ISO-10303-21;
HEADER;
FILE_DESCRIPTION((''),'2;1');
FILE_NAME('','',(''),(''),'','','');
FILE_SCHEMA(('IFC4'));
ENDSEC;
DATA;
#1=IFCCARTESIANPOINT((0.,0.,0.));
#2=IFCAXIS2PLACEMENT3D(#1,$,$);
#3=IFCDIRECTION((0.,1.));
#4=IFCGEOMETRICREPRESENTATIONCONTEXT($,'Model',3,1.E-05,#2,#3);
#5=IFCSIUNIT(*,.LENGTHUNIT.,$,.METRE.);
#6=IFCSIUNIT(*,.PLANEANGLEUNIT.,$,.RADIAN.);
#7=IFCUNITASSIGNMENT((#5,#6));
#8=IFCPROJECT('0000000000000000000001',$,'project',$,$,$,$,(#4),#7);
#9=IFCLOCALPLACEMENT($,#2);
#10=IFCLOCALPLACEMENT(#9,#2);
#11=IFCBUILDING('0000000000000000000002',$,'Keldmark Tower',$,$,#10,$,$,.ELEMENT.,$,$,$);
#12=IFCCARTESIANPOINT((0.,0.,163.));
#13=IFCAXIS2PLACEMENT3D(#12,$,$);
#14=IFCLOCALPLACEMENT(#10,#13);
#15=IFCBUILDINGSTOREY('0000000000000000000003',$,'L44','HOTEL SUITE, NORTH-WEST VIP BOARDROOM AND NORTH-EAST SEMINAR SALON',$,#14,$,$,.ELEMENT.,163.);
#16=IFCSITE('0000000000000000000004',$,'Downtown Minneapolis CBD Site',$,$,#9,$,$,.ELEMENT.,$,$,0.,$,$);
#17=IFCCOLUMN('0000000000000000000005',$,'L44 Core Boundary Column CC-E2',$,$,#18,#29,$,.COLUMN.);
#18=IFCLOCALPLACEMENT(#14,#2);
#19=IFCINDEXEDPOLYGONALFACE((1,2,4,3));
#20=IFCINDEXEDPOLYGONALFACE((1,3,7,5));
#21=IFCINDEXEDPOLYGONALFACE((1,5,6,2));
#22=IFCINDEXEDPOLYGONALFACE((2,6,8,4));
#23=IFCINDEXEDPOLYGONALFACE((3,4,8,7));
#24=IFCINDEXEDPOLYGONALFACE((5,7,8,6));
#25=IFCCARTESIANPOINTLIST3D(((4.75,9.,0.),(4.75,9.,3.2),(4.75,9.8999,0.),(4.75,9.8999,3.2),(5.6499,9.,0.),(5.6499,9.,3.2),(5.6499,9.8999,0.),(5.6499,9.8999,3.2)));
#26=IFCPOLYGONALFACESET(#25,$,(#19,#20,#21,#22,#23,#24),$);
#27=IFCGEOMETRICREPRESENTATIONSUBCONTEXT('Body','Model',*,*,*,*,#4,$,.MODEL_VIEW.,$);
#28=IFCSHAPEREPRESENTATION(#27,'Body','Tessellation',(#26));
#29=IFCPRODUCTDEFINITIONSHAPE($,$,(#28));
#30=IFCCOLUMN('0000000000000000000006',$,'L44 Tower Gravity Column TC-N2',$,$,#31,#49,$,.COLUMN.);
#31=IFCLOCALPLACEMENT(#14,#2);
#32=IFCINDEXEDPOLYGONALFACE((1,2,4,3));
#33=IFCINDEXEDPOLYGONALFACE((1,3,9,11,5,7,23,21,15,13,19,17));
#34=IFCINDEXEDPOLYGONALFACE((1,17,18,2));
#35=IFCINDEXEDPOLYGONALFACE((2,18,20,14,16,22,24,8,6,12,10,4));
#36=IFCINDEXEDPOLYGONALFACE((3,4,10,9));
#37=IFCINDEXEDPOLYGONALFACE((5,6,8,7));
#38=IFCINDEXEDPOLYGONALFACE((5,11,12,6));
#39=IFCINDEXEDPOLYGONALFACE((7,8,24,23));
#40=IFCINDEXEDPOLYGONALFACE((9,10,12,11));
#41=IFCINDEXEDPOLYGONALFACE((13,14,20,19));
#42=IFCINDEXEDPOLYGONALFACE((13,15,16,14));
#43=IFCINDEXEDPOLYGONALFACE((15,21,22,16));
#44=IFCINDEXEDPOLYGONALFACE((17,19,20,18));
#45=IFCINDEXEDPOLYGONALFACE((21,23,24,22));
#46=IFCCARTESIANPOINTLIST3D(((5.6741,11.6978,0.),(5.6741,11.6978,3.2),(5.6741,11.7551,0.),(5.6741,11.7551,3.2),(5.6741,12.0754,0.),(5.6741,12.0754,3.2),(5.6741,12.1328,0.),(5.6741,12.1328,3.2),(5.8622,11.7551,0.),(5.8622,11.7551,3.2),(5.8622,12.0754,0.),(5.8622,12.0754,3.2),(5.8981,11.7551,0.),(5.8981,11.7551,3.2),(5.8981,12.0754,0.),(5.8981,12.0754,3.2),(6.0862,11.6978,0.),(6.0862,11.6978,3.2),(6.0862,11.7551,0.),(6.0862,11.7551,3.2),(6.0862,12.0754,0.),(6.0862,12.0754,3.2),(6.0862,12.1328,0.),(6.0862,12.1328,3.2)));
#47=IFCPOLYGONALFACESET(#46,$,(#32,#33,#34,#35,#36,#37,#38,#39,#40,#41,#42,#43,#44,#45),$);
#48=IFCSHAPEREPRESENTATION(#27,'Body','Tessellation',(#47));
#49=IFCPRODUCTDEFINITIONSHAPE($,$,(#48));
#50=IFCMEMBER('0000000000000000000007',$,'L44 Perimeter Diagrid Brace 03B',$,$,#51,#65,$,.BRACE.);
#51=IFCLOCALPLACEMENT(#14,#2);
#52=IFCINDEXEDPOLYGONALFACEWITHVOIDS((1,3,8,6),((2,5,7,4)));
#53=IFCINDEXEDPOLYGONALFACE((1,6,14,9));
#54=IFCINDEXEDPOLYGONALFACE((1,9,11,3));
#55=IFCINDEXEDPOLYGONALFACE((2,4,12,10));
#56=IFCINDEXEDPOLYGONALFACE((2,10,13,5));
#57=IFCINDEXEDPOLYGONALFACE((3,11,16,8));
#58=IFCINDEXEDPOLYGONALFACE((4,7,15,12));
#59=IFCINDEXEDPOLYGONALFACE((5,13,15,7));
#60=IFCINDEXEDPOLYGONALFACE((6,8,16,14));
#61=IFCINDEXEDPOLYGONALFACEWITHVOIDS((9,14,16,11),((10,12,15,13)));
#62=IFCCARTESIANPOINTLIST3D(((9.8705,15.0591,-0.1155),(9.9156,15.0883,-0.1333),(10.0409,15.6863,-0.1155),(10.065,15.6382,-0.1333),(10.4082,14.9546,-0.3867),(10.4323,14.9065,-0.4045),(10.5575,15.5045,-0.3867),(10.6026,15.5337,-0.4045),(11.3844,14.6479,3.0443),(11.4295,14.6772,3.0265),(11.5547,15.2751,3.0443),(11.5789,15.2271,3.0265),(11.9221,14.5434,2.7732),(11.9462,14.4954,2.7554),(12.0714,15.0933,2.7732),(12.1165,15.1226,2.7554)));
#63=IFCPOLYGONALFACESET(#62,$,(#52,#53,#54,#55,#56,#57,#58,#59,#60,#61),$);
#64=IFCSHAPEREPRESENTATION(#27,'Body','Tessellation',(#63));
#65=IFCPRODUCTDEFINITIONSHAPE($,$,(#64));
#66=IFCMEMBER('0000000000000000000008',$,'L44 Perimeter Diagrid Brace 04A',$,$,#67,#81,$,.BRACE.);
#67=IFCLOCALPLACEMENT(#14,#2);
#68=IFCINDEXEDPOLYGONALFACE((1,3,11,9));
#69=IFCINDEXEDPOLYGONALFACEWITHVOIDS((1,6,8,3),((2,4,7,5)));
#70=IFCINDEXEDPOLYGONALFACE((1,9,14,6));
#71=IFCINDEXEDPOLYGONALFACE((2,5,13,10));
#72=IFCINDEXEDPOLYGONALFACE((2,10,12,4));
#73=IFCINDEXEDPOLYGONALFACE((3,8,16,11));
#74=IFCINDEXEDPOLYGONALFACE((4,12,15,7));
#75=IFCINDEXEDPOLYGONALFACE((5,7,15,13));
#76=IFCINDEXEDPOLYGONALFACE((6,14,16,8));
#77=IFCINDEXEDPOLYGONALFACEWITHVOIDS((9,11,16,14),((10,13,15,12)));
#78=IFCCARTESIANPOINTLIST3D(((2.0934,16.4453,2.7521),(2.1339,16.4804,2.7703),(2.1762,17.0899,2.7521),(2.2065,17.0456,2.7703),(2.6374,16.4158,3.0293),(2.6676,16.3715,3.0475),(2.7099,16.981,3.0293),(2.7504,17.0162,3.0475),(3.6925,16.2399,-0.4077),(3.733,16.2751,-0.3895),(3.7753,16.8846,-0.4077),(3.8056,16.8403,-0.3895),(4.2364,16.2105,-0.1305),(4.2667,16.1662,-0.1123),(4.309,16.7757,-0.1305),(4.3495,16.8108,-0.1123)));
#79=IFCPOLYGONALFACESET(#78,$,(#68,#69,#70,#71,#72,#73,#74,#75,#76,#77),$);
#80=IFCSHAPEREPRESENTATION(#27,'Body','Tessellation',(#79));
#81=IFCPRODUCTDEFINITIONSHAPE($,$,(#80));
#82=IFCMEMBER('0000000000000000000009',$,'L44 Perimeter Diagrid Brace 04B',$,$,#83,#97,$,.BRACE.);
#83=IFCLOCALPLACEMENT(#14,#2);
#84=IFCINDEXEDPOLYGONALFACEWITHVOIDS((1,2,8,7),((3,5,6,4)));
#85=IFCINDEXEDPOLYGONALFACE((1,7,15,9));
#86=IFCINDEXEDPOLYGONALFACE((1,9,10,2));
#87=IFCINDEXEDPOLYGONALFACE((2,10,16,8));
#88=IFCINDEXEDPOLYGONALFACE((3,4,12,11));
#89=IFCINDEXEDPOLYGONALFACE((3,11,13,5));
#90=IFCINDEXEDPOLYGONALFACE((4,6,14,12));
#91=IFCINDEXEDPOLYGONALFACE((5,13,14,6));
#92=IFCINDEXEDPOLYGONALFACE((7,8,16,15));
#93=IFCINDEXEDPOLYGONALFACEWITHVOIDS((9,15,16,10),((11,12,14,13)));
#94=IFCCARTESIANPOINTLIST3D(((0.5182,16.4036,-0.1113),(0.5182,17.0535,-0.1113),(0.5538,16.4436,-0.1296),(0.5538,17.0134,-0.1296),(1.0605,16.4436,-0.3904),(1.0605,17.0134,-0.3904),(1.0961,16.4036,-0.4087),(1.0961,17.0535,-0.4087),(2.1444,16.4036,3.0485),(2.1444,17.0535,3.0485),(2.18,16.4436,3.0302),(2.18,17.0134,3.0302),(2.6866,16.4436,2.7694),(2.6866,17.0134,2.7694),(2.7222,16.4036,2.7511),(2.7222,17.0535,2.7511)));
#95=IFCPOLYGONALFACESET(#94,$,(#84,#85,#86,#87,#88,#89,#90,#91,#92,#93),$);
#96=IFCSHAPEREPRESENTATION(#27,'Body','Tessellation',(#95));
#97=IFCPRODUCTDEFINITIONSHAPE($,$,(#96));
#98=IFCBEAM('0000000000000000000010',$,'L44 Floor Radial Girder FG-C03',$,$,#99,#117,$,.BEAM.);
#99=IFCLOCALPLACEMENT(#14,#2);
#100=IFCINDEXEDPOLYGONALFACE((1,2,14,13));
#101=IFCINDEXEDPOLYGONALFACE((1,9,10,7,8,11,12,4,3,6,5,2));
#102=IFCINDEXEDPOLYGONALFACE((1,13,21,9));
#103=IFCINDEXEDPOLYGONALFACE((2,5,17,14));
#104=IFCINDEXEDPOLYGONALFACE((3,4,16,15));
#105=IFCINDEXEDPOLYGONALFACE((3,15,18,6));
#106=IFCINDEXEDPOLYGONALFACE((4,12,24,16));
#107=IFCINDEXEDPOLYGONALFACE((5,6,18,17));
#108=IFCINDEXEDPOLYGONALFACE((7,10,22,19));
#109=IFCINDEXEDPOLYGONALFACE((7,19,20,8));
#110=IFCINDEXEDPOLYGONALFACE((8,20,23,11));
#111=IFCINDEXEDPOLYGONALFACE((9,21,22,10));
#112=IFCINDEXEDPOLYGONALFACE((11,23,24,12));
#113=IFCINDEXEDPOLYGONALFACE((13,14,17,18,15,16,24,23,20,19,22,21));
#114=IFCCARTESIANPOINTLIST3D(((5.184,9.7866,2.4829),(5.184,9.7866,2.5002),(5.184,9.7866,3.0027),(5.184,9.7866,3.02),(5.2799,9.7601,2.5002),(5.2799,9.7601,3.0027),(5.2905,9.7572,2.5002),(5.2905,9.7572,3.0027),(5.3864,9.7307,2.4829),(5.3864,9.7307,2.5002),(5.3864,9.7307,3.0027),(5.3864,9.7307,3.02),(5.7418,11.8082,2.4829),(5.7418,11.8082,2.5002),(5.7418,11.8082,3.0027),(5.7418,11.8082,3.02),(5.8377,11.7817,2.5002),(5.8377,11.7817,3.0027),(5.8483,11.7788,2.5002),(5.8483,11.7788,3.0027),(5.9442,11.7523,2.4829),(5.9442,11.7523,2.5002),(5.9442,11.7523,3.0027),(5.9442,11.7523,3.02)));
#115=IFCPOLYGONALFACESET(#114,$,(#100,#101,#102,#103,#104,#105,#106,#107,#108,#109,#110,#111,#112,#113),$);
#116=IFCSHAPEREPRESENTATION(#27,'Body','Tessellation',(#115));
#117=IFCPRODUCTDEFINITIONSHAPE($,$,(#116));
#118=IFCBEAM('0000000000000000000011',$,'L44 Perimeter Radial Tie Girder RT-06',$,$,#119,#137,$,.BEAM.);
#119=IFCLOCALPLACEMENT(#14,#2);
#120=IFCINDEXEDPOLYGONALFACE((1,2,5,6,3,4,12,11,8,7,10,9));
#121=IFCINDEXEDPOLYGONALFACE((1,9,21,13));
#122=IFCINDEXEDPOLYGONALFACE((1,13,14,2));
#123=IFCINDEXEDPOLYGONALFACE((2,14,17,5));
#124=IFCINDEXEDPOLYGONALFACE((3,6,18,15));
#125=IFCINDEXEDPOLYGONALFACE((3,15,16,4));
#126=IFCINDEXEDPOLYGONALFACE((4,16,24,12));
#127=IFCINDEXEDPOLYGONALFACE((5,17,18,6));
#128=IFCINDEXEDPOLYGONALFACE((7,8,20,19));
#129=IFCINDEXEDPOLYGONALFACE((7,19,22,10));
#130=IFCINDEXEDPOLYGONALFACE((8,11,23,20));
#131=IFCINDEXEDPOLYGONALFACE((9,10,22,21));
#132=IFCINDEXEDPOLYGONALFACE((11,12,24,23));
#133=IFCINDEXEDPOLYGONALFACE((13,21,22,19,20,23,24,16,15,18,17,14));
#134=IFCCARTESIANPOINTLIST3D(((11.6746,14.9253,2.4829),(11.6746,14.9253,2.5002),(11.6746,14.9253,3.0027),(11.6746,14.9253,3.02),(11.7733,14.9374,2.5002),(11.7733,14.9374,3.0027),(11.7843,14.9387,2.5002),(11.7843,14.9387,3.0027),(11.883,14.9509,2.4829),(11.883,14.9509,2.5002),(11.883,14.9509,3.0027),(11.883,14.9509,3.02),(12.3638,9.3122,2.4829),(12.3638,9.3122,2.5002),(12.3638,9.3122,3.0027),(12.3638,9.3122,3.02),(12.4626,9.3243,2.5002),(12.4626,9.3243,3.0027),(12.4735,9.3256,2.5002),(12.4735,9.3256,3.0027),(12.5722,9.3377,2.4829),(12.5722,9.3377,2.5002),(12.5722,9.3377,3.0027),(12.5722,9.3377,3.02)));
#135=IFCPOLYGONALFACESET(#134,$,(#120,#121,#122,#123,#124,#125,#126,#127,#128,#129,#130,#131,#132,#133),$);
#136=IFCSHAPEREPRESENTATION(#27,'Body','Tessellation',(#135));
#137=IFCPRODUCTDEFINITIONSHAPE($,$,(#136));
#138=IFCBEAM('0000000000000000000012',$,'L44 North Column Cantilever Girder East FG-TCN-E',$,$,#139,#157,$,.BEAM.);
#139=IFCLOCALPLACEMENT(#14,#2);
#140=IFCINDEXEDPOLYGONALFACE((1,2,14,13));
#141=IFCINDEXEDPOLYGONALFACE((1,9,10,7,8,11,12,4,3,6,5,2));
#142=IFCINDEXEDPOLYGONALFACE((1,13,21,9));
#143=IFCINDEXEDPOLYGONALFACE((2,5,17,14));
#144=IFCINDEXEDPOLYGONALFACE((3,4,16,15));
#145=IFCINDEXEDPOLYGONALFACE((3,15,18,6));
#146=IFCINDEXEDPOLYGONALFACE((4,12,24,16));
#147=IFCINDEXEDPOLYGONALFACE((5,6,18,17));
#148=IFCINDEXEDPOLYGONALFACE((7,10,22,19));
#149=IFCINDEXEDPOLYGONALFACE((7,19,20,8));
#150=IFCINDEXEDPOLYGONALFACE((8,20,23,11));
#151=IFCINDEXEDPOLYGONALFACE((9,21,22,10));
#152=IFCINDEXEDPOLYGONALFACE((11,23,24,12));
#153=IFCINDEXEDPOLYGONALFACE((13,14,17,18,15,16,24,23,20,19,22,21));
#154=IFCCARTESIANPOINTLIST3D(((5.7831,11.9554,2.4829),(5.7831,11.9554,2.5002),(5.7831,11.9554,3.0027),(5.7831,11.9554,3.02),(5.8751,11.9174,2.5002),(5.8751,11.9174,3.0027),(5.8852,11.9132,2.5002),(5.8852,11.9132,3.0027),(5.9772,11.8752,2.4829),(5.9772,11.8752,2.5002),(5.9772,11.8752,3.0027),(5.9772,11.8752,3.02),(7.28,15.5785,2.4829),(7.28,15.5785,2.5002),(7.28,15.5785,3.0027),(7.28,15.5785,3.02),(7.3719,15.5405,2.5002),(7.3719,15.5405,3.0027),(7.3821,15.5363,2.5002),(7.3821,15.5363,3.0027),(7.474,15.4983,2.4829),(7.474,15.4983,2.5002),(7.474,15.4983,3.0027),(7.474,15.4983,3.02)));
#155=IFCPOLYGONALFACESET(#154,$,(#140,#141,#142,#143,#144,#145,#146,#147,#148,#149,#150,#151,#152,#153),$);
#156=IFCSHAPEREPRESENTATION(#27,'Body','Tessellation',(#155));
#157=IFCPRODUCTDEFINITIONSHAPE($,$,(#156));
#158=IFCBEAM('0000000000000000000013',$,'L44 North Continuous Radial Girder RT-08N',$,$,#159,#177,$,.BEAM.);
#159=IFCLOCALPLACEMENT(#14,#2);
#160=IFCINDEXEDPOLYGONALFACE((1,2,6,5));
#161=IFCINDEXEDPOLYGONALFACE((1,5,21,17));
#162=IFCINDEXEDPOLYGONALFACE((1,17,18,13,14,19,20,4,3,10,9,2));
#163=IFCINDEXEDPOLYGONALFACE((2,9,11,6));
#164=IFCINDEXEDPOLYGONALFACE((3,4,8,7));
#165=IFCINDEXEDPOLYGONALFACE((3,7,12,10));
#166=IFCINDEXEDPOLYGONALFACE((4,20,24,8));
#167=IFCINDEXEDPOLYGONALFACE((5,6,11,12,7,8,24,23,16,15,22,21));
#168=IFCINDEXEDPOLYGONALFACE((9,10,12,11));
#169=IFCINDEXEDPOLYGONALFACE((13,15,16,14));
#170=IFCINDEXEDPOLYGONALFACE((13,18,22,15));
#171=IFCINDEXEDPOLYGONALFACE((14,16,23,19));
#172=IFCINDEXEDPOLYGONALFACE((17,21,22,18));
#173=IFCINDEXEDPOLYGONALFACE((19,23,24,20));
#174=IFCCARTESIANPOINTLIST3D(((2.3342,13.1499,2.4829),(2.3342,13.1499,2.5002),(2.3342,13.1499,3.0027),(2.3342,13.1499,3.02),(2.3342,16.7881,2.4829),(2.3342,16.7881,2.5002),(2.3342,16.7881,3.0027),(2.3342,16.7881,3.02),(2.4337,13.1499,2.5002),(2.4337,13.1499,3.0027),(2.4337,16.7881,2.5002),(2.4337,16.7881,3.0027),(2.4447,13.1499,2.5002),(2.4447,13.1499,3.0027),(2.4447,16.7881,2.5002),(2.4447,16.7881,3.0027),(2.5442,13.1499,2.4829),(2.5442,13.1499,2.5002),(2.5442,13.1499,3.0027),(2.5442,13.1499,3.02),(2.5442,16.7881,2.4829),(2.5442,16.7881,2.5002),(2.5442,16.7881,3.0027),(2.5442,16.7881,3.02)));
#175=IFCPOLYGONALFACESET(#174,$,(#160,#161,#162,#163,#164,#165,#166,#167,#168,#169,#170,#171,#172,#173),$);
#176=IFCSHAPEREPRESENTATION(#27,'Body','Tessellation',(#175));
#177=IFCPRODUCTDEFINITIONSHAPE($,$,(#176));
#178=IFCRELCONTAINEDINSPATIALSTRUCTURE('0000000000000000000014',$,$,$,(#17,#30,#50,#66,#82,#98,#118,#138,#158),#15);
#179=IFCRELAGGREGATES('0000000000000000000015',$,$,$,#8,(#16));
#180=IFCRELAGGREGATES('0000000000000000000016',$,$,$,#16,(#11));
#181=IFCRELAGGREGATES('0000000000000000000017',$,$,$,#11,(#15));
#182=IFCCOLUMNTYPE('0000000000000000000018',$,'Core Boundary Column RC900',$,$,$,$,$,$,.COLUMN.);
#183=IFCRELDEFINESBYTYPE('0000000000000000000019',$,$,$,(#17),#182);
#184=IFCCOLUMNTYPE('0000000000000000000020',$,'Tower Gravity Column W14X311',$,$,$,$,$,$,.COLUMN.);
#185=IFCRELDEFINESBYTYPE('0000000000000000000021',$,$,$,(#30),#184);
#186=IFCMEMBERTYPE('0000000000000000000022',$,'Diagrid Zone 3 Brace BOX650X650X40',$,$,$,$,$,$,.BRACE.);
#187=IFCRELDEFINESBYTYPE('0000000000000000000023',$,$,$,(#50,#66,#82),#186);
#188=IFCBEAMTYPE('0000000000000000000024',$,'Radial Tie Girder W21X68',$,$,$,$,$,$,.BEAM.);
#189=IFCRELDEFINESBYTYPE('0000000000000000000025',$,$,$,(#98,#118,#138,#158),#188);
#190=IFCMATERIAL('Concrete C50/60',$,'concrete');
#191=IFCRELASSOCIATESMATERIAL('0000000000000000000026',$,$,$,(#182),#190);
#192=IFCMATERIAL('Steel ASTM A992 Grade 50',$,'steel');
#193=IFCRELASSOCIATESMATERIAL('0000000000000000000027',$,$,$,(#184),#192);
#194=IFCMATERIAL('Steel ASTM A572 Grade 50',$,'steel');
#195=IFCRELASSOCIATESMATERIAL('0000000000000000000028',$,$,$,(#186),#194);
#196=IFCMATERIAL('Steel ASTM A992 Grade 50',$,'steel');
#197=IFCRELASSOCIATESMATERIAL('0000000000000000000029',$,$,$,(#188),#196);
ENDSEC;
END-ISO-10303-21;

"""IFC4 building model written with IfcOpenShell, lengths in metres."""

from ifc_helpers import new_model, si_unit, direction, frame, origin, origin_2d, place, context, subcontext, project, spatial, rectangle, hollow_rectangle, i_section, extrude, material, material_profile, profile_set, type_object, element, save


model = new_model("IFC4")

# Units and contexts
model_context = context("Model", 3, precision=1e-05, world=origin(), true_north=direction((0.0, 1.0)))
body_context = subcontext(model_context, "Body", "Model", "MODEL_VIEW")
ifc_project = project(units=[si_unit("LENGTHUNIT", "METRE"), si_unit("PLANEANGLEUNIT", "RADIAN")], contexts=[model_context])

# Site, building, storey
site_placement = place(None, origin())
site = spatial("IfcSite", under=ifc_project, at=site_placement, Name="Downtown Minneapolis CBD Site", CompositionType="ELEMENT", RefElevation=0.0)
building_placement = place(site_placement, origin())
building = spatial("IfcBuilding", under=site, at=building_placement, Name="Keldmark Tower", CompositionType="ELEMENT")
storey_placement = place(building_placement, frame((0.0, 0.0, 163.0)))
storey = spatial("IfcBuildingStorey", under=building, at=storey_placement, Name="L44", Description="HOTEL SUITE, NORTH-WEST VIP BOARDROOM AND NORTH-EAST SEMINAR SALON", CompositionType="ELEMENT", Elevation=163.0)

# Columns
ifc_material_1 = material(Name="Concrete C50/60", Category="concrete")
ifc_material_profile_1 = material_profile(ifc_material_1, rectangle(XDim=0.8999, YDim=0.8999, at=origin_2d()), Name="RC900X900")
ifc_profile_set_1 = profile_set([ifc_material_profile_1], Name="Concrete C50/60")
column_type_1 = type_object("IfcColumnType", Name="Core Boundary Column RC900", PredefinedType="COLUMN", material=ifc_profile_set_1)
column_1_placement = place(storey_placement, frame((5.2, 9.45, 0.0), z_axis=(0.0, 0.0, 1.0), x_axis=(1.0, 0.0, 0.0)))
element("IfcColumn", 1, at=column_1_placement, inside=storey, type_object=column_type_1, Name="L44 Core Boundary Column CC-E2", PredefinedType="COLUMN", context=body_context, shape_type="SweptSolid", body=[
    extrude(rectangle(XDim=0.8999, YDim=0.8999, at=origin_2d()), origin(), (0.0, 0.0, 1.0), 3.2),
])
ifc_material_2 = material(Name="Steel ASTM A992 Grade 50", Category="steel")
ifc_material_profile_2 = material_profile(ifc_material_2, i_section(OverallWidth=0.4121, OverallDepth=0.4351, WebThickness=0.0359, FlangeThickness=0.0574, at=origin_2d()), Name="W14X311")
ifc_profile_set_2 = profile_set([ifc_material_profile_2], Name="Steel ASTM A992 Grade 50")
column_type_2 = type_object("IfcColumnType", Name="Tower Gravity Column W14X311", PredefinedType="COLUMN", material=ifc_profile_set_2)
column_2_placement = place(storey_placement, frame((5.8801, 11.9153, 0.0), z_axis=(0.0, 0.0, 1.0), x_axis=(1.0, 0.0, 0.0)))
element("IfcColumn", 2, at=column_2_placement, inside=storey, type_object=column_type_2, Name="L44 Tower Gravity Column TC-N2", PredefinedType="COLUMN", context=body_context, shape_type="SweptSolid", body=[
    extrude(i_section(OverallWidth=0.4121, OverallDepth=0.4351, WebThickness=0.0359, FlangeThickness=0.0574, at=origin_2d()), origin(), (0.0, 0.0, 1.0), 3.2),
])

# Members
ifc_material_3 = material(Name="Steel ASTM A572 Grade 50", Category="steel")
ifc_material_profile_3 = material_profile(ifc_material_3, hollow_rectangle(XDim=0.6499, YDim=0.6499, WallThickness=0.04, at=origin_2d()), Name="BOX650X650X40")
ifc_profile_set_3 = profile_set([ifc_material_profile_3], Name="Steel ASTM A572 Grade 50")
member_type = type_object("IfcMemberType", Name="Diagrid Zone 3 Brace BOX650X650X40", PredefinedType="BRACE", material=ifc_profile_set_3)
member_1_placement = place(storey_placement, frame((10.2366, 15.2964, -0.26), z_axis=(0.429128, -0.116538, 0.895694), x_axis=(0.262077, 0.965047, 0.0)))
element("IfcMember", 3, at=member_1_placement, inside=storey, type_object=member_type, Name="L44 Perimeter Diagrid Brace 03B", PredefinedType="BRACE", context=body_context, shape_type="SweptSolid", body=[
    extrude(hollow_rectangle(XDim=0.6499, YDim=0.6499, WallThickness=0.04, at=origin_2d()), origin(), (0.0, 0.0, 1.0), 3.5278),
])
member_2_placement = place(storey_placement, frame((4.021, 16.5254, -0.26), z_axis=(-0.450781, 0.057879, 0.890756), x_axis=(-0.127351, -0.991858, 0.0)))
element("IfcMember", 4, at=member_2_placement, inside=storey, type_object=member_type, Name="L44 Perimeter Diagrid Brace 04A", PredefinedType="BRACE", context=body_context, shape_type="SweptSolid", body=[
    extrude(hollow_rectangle(XDim=0.6499, YDim=0.6499, WallThickness=0.04, at=origin_2d()), origin(), (0.0, 0.0, 1.0), 3.5474),
])
member_3_placement = place(storey_placement, frame((0.8071, 16.7285, -0.26), z_axis=(0.457598, 0.0, 0.889159), x_axis=(0.0, 1.0, 0.0)))
element("IfcMember", 5, at=member_3_placement, inside=storey, type_object=member_type, Name="L44 Perimeter Diagrid Brace 04B", PredefinedType="BRACE", context=body_context, shape_type="SweptSolid", body=[
    extrude(hollow_rectangle(XDim=0.6499, YDim=0.6499, WallThickness=0.04, at=origin_2d()), origin(), (0.0, 0.0, 1.0), 3.5537),
])

# Beams
ifc_material_4 = material(Name="Steel ASTM A992 Grade 50", Category="steel")
ifc_material_profile_4 = material_profile(ifc_material_4, i_section(OverallWidth=0.21, OverallDepth=0.5371, WebThickness=0.011, FlangeThickness=0.0173, at=origin_2d()), Name="W21X68")
ifc_profile_set_4 = profile_set([ifc_material_profile_4], Name="Steel ASTM A992 Grade 50")
beam_type_1 = type_object("IfcBeamType", Name="Radial Tie Girder W21X68", PredefinedType="BEAM", material=ifc_profile_set_4)
beam_1_placement = place(storey_placement, frame((5.843, 11.7803, 2.7515), z_axis=(-0.265992, -0.963975, 0.0), x_axis=(0.963975, -0.265992, 0.0)))
element("IfcBeam", 6, at=beam_1_placement, inside=storey, type_object=beam_type_1, Name="L44 Floor Radial Girder FG-C03", PredefinedType="BEAM", context=body_context, shape_type="SweptSolid", body=[
    extrude(i_section(OverallWidth=0.21, OverallDepth=0.5371, WebThickness=0.011, FlangeThickness=0.0173, at=origin_2d()), origin(), (0.0, 0.0, 1.0), 2.0972),
])
beam_2_placement = place(storey_placement, frame((12.468, 9.325, 2.7515), z_axis=(-0.121872, 0.992546, 0.0), x_axis=(-0.992546, -0.121872, 0.0)))
element("IfcBeam", 7, at=beam_2_placement, inside=storey, type_object=beam_type_1, Name="L44 Perimeter Radial Tie Girder RT-06", PredefinedType="BEAM", context=body_context, shape_type="SweptSolid", body=[
    extrude(i_section(OverallWidth=0.21, OverallDepth=0.5371, WebThickness=0.011, FlangeThickness=0.0173, at=origin_2d()), origin(), (0.0, 0.0, 1.0), 5.6553),
])
beam_3_placement = place(storey_placement, frame((5.8801, 11.9153, 2.7515), z_axis=(0.381836, 0.92423, 0.0), x_axis=(-0.92423, 0.381836, 0.0)))
element("IfcBeam", 8, at=beam_3_placement, inside=storey, type_object=beam_type_1, Name="L44 North Column Cantilever Girder East FG-TCN-E", PredefinedType="BEAM", context=body_context, shape_type="SweptSolid", body=[
    extrude(i_section(OverallWidth=0.21, OverallDepth=0.5371, WebThickness=0.011, FlangeThickness=0.0173, at=origin_2d()), origin(), (0.0, 0.0, 1.0), 3.9202),
])
beam_4_placement = place(storey_placement, frame((2.4392, 13.1499, 2.7515), z_axis=(0.0, 1.0, 0.0), x_axis=(-1.0, 0.0, 0.0)))
element("IfcBeam", 9, at=beam_4_placement, inside=storey, type_object=beam_type_1, Name="L44 North Continuous Radial Girder RT-08N", PredefinedType="BEAM", context=body_context, shape_type="SweptSolid", body=[
    extrude(i_section(OverallWidth=0.21, OverallDepth=0.5371, WebThickness=0.011, FlangeThickness=0.0173, at=origin_2d()), origin(), (0.0, 0.0, 1.0), 3.6382),
])

save(model, "model.ifc")
